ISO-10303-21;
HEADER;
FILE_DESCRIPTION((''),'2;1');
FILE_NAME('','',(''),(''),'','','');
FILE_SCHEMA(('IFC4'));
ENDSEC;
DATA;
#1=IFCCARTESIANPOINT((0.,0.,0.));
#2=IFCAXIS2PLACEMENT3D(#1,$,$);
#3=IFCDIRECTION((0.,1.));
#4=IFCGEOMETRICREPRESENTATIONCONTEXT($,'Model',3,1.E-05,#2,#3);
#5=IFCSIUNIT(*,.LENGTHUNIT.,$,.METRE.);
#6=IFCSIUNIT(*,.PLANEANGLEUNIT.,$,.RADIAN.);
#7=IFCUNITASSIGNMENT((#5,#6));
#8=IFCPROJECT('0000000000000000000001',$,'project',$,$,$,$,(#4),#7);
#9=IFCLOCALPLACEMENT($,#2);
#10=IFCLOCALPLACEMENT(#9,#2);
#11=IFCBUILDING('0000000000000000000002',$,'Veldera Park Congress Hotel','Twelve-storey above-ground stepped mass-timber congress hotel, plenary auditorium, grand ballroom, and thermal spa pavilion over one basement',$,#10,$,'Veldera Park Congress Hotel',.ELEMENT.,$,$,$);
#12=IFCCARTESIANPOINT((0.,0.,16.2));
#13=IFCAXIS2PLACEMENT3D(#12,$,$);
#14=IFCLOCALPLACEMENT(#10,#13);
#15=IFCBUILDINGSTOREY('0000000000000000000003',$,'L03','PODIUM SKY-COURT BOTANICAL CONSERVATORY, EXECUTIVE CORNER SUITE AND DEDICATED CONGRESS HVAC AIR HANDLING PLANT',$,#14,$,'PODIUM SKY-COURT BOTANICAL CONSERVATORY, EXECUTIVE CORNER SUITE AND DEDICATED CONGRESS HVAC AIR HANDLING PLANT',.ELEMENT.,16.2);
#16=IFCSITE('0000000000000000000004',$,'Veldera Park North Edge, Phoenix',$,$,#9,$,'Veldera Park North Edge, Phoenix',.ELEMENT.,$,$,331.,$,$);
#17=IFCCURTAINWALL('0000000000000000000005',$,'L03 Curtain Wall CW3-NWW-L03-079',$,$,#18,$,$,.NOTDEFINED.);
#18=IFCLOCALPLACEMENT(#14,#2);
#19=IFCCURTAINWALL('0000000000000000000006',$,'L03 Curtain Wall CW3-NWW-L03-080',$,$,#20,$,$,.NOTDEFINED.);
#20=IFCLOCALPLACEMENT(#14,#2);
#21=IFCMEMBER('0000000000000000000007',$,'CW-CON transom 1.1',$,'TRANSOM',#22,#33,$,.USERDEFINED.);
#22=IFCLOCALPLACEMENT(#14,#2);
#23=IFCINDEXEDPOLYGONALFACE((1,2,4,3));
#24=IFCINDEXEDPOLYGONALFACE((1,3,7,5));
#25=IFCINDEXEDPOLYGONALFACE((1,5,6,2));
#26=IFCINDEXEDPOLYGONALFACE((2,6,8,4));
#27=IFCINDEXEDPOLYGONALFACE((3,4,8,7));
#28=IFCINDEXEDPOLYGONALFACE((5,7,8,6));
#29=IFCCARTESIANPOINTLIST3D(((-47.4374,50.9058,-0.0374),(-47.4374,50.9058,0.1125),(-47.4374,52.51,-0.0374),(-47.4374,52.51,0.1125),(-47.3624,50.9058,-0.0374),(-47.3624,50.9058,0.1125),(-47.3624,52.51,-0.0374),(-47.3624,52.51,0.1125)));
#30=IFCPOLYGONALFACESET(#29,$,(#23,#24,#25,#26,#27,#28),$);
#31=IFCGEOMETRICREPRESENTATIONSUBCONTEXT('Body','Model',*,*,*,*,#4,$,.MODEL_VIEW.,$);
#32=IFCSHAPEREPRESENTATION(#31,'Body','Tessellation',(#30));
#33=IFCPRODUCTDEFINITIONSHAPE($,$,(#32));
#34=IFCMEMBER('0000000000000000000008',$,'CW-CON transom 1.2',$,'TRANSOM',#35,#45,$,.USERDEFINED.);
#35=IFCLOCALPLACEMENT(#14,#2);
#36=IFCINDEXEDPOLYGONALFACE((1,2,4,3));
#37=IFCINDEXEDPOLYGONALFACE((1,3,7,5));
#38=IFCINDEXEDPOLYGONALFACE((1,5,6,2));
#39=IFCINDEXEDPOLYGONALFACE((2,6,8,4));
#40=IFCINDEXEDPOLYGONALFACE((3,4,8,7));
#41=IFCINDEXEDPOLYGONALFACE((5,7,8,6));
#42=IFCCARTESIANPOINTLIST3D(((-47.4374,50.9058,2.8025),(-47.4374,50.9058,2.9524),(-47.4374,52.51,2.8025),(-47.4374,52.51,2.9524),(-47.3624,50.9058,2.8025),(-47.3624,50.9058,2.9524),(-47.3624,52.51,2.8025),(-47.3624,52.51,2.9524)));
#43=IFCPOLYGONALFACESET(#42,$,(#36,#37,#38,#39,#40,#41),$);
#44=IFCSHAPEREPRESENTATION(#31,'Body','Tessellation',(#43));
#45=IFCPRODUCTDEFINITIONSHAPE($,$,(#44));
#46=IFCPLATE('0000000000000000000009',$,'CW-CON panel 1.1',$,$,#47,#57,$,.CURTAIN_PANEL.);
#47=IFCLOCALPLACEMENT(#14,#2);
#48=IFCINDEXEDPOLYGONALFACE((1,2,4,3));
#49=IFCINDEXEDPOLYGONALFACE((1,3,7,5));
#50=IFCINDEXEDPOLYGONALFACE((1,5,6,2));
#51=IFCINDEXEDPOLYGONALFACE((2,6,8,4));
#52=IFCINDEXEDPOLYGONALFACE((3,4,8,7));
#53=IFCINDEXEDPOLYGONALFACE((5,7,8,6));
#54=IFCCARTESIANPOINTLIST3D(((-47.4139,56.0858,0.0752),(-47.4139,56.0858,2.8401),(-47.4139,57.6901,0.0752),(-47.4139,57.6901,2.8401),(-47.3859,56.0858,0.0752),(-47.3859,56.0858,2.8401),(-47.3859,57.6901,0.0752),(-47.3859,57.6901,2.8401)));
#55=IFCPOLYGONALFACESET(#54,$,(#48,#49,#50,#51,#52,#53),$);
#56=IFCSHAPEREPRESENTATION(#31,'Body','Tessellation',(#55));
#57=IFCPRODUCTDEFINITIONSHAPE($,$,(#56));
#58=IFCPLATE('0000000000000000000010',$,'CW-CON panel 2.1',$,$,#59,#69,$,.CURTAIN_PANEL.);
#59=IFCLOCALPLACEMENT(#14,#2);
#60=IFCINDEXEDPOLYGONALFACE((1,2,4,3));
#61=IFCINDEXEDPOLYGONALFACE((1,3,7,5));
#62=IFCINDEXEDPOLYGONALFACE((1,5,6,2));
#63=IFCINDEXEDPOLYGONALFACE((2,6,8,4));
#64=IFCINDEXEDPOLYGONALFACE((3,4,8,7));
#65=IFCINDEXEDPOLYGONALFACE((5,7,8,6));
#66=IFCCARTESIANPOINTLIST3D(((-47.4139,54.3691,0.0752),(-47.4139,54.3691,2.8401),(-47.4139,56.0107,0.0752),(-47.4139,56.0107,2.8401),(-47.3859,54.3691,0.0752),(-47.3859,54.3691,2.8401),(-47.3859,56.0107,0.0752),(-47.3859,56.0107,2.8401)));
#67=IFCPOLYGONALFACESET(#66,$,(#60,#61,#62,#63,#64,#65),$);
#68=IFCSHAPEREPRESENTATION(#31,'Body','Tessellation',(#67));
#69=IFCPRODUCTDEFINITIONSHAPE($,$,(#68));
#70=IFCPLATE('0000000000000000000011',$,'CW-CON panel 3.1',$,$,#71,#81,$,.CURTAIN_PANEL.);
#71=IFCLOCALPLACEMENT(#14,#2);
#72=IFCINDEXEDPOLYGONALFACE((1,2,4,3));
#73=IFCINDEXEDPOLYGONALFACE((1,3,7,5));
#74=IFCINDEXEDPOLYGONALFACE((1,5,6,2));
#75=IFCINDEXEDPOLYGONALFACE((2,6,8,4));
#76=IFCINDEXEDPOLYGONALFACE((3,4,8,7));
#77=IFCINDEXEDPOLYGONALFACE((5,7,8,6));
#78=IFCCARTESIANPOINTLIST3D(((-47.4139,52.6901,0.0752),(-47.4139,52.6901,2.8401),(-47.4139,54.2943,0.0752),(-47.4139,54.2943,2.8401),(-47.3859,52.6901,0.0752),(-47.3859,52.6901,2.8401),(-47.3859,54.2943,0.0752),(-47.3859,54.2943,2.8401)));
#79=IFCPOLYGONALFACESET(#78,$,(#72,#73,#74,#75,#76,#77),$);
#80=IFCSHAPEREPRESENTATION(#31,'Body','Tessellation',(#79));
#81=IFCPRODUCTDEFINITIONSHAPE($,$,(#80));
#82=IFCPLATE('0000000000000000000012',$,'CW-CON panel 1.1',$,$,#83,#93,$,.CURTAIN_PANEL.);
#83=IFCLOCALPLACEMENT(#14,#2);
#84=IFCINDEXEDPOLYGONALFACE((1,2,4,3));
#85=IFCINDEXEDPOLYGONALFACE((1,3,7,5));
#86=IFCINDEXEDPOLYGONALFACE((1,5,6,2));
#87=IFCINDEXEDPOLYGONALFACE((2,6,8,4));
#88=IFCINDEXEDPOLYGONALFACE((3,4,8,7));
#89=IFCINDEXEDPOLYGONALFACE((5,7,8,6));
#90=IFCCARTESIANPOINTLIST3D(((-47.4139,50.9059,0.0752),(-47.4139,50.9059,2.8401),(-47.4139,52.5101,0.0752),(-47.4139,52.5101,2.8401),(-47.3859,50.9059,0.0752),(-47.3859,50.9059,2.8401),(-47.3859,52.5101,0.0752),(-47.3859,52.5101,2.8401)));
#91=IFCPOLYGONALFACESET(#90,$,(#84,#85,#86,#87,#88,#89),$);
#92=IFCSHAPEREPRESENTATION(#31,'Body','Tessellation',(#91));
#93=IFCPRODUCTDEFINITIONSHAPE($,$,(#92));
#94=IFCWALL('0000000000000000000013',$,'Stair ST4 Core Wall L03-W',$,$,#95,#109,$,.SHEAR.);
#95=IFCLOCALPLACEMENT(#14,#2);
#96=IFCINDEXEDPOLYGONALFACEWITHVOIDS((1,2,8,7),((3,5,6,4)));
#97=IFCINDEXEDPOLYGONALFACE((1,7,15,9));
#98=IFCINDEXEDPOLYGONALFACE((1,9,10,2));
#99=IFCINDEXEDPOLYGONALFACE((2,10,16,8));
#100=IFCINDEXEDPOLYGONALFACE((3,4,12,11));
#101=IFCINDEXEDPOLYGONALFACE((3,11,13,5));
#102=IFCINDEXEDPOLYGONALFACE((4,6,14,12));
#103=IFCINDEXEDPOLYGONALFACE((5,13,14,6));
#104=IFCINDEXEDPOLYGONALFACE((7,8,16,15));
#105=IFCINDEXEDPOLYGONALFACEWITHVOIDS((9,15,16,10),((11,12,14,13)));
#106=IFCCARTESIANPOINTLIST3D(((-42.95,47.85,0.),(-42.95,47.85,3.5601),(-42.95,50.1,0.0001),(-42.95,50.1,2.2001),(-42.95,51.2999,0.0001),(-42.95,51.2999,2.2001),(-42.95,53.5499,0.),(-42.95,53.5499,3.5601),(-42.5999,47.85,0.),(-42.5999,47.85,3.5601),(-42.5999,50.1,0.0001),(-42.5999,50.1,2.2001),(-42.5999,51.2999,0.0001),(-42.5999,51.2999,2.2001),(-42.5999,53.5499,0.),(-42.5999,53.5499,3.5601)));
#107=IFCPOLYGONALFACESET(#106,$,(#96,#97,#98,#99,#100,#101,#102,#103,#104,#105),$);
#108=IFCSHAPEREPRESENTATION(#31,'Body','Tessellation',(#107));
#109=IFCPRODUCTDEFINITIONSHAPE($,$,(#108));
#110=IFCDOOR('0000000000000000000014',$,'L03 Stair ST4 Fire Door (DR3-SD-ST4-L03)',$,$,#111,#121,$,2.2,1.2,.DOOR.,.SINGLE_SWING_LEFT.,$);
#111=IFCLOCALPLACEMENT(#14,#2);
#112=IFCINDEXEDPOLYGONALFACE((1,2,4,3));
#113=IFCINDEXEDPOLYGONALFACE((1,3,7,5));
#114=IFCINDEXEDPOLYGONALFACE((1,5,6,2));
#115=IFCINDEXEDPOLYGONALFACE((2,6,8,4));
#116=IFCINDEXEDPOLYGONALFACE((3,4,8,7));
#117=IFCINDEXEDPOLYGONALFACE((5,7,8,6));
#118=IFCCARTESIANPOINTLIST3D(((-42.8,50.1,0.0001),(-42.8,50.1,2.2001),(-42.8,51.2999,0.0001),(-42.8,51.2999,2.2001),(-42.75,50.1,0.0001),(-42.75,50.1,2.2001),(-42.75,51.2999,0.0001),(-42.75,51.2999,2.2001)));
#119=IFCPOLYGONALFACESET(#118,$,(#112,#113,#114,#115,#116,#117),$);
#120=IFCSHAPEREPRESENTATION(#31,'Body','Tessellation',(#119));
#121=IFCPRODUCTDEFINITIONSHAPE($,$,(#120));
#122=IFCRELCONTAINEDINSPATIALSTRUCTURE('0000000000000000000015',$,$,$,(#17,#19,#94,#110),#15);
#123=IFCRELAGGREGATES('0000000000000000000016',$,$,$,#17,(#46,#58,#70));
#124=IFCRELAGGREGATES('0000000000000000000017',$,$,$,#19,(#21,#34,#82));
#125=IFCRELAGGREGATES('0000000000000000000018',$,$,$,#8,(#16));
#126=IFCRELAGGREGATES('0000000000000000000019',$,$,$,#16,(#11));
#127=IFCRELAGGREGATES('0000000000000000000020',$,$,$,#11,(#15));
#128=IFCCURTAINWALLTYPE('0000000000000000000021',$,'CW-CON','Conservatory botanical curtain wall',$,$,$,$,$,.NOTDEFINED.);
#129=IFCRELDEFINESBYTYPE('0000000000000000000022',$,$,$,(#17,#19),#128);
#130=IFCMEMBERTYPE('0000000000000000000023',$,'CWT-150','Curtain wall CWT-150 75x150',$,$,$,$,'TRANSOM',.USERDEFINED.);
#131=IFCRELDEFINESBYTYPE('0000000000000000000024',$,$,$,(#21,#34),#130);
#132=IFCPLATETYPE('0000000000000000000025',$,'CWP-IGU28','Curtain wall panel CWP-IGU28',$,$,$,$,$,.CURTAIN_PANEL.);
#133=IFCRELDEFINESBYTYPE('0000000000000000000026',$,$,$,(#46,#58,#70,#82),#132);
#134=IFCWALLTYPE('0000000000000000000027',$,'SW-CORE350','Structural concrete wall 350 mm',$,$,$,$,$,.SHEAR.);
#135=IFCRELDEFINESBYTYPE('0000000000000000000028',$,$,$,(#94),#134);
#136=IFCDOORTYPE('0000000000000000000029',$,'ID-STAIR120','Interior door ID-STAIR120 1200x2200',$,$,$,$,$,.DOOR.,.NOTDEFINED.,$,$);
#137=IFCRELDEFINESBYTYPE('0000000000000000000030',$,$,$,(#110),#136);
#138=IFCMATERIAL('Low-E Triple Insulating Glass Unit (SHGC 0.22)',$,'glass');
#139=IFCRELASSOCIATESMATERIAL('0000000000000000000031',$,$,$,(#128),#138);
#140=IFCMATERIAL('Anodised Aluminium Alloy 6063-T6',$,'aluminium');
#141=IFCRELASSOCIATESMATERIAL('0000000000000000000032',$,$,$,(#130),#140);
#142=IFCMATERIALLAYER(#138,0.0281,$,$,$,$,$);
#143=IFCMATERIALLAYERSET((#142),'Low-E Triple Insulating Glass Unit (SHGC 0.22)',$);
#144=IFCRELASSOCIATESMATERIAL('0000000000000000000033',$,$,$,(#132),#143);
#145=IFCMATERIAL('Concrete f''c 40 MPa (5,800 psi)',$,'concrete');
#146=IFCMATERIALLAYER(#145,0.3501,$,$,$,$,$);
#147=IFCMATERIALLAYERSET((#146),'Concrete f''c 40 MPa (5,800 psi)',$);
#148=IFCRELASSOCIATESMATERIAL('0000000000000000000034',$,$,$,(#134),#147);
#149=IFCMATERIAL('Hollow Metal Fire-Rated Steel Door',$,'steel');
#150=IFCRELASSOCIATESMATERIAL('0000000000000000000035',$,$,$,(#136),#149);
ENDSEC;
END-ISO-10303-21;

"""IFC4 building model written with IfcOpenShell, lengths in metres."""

from ifc_helpers import new_model, si_unit, direction, frame, frame_2d, origin, origin_2d, place, context, subcontext, project, spatial, rectangle, extrude, material, layer, layer_set, material_profile, profile_set, type_object, element, fill, aggregate, save


model = new_model("IFC4")

# Units and contexts
model_context = context("Model", 3, precision=1e-05, world=origin(), true_north=direction((0.0, 1.0)))
body_context = subcontext(model_context, "Body", "Model", "MODEL_VIEW")
ifc_project = project(units=[si_unit("LENGTHUNIT", "METRE"), si_unit("PLANEANGLEUNIT", "RADIAN")], contexts=[model_context])

# Site, building, storey
site_placement = place(None, origin())
site = spatial("IfcSite", under=ifc_project, at=site_placement, Name="Veldera Park North Edge, Phoenix", LongName="Veldera Park North Edge, Phoenix", CompositionType="ELEMENT", RefElevation=331.0)
building_placement = place(site_placement, origin())
building = spatial("IfcBuilding", under=site, at=building_placement, Name="Veldera Park Congress Hotel", Description="Twelve-storey above-ground stepped mass-timber congress hotel, plenary auditorium, grand ballroom, and thermal spa pavilion over one basement", LongName="Veldera Park Congress Hotel", CompositionType="ELEMENT")
storey_placement = place(building_placement, frame((0.0, 0.0, 16.2)))
storey = spatial("IfcBuildingStorey", under=building, at=storey_placement, Name="L03", Description="PODIUM SKY-COURT BOTANICAL CONSERVATORY, EXECUTIVE CORNER SUITE AND DEDICATED CONGRESS HVAC AIR HANDLING PLANT", LongName="PODIUM SKY-COURT BOTANICAL CONSERVATORY, EXECUTIVE CORNER SUITE AND DEDICATED CONGRESS HVAC AIR HANDLING PLANT", CompositionType="ELEMENT", Elevation=16.2)

# Curtain walls
ifc_material_1 = material(Name="Low-E Triple Insulating Glass Unit (SHGC 0.22)", Category="glass")
curtain_wall_type = type_object("IfcCurtainWallType", Name="CW-CON", Description="Conservatory botanical curtain wall", PredefinedType="NOTDEFINED", material=ifc_material_1)
curtain_wall_1_placement = place(storey_placement, origin())
curtain_wall_1 = element("IfcCurtainWall", 1, at=curtain_wall_1_placement, inside=storey, type_object=curtain_wall_type, Name="L03 Curtain Wall CW3-NWW-L03-079", PredefinedType="NOTDEFINED")
ifc_material_2 = material(Name="Anodised Aluminium Alloy 6063-T6", Category="aluminium")
curtain_wall_2_placement = place(storey_placement, origin())
curtain_wall_2 = element("IfcCurtainWall", 2, at=curtain_wall_2_placement, inside=storey, type_object=curtain_wall_type, Name="L03 Curtain Wall CW3-NWW-L03-080", PredefinedType="NOTDEFINED")

# Members
ifc_material_profile_1 = material_profile(ifc_material_2, rectangle(XDim=0.075, YDim=0.1499, at=origin_2d()), Name="ALU 75x150")
ifc_profile_set_1 = profile_set([ifc_material_profile_1], Name="Anodised Aluminium Alloy 6063-T6")
member_type_1 = type_object("IfcMemberType", Name="CWT-150", Description="Curtain wall CWT-150 75x150", ElementType="TRANSOM", PredefinedType="USERDEFINED", material=ifc_profile_set_1)
member_1_placement = place(storey_placement, frame((-47.3999, 52.51, 0.0376), z_axis=(0.0, -1.0, 0.0), x_axis=(1.0, 0.0, 0.0)))
member_1 = element("IfcMember", 3, at=member_1_placement, type_object=member_type_1, Name="CW-CON transom 1.1", ObjectType="TRANSOM", PredefinedType="USERDEFINED", context=body_context, shape_type="SweptSolid", body=[
    extrude(rectangle(XDim=0.075, YDim=0.1499, at=origin_2d()), origin(), (0.0, 0.0, 1.0), 1.6042),
])
member_2_placement = place(storey_placement, frame((-47.3999, 52.51, 2.8774), z_axis=(0.0, -1.0, 0.0), x_axis=(1.0, 0.0, 0.0)))
member_2 = element("IfcMember", 4, at=member_2_placement, type_object=member_type_1, Name="CW-CON transom 1.2", ObjectType="TRANSOM", PredefinedType="USERDEFINED", context=body_context, shape_type="SweptSolid", body=[
    extrude(rectangle(XDim=0.075, YDim=0.1499, at=origin_2d()), origin(), (0.0, 0.0, 1.0), 1.6042),
])

# Plates
ifc_layer_1 = layer(ifc_material_1, 0.0281)
ifc_layer_set_1 = layer_set([ifc_layer_1], Name="Low-E Triple Insulating Glass Unit (SHGC 0.22)")
plate_type = type_object("IfcPlateType", Name="CWP-IGU28", Description="Curtain wall panel CWP-IGU28", PredefinedType="CURTAIN_PANEL", material=ifc_layer_set_1)
plate_1_placement = place(storey_placement, frame((-47.3999, 56.8879, 0.0752), z_axis=(0.0, 0.0, 1.0), x_axis=(0.0, -1.0, 0.0)))
plate_1 = element("IfcPlate", 5, at=plate_1_placement, type_object=plate_type, Name="CW-CON panel 1.1", PredefinedType="CURTAIN_PANEL", context=body_context, shape_type="SweptSolid", body=[
    extrude(rectangle(XDim=1.6042, YDim=0.0281, at=origin_2d()), origin(), (0.0, 0.0, 1.0), 2.7649),
])
plate_2_placement = place(storey_placement, frame((-47.3999, 55.1899, 0.0752), z_axis=(0.0, 0.0, 1.0), x_axis=(0.0, -1.0, 0.0)))
plate_2 = element("IfcPlate", 6, at=plate_2_placement, type_object=plate_type, Name="CW-CON panel 2.1", PredefinedType="CURTAIN_PANEL", context=body_context, shape_type="SweptSolid", body=[
    extrude(rectangle(XDim=1.6416, YDim=0.0281, at=origin_2d()), origin(), (0.0, 0.0, 1.0), 2.7649),
])
plate_3_placement = place(storey_placement, frame((-47.3999, 53.4922, 0.0752), z_axis=(0.0, 0.0, 1.0), x_axis=(0.0, -1.0, 0.0)))
plate_3 = element("IfcPlate", 7, at=plate_3_placement, type_object=plate_type, Name="CW-CON panel 3.1", PredefinedType="CURTAIN_PANEL", context=body_context, shape_type="SweptSolid", body=[
    extrude(rectangle(XDim=1.6042, YDim=0.0281, at=origin_2d()), origin(), (0.0, 0.0, 1.0), 2.7649),
])
aggregate(curtain_wall_1, [plate_1, plate_2, plate_3])
plate_4_placement = place(storey_placement, frame((-47.3999, 51.708, 0.0752), z_axis=(0.0, 0.0, 1.0), x_axis=(0.0, -1.0, 0.0)))
plate_4 = element("IfcPlate", 8, at=plate_4_placement, type_object=plate_type, Name="CW-CON panel 1.1", PredefinedType="CURTAIN_PANEL", context=body_context, shape_type="SweptSolid", body=[
    extrude(rectangle(XDim=1.6042, YDim=0.0281, at=origin_2d()), origin(), (0.0, 0.0, 1.0), 2.7649),
])
aggregate(curtain_wall_2, [member_1, member_2, plate_4])

# Wall, opening, door
ifc_material_3 = material(Name="Concrete f'c 40 MPa (5,800 psi)", Category="concrete")
ifc_layer_2 = layer(ifc_material_3, 0.3501)
ifc_layer_set_2 = layer_set([ifc_layer_2], Name="Concrete f'c 40 MPa (5,800 psi)")
wall_type = type_object("IfcWallType", Name="SW-CORE350", Description="Structural concrete wall 350 mm", PredefinedType="SHEAR", material=ifc_layer_set_2)
wall_placement = place(storey_placement, frame((-42.7749, 53.55, 0.0), z_axis=(0.0, 0.0, 1.0), x_axis=(0.0, -1.0, 0.0)))
wall = element("IfcWall", 9, at=wall_placement, inside=storey, type_object=wall_type, Name="Stair ST4 Core Wall L03-W", PredefinedType="SHEAR", context=body_context, shape_type="SweptSolid", body=[
    extrude(rectangle(XDim=5.7, YDim=0.3501, at=frame_2d((2.8501, 0.0))), origin(), (0.0, 0.0, 1.0), 3.5601),
])
opening_placement = place(wall_placement, frame((2.25, 0.0, 0.0)))
opening = element("IfcOpeningElement", 10, at=opening_placement, cuts=wall, PredefinedType="OPENING", context=body_context, shape_type="SweptSolid", body=[
    extrude(rectangle(XDim=1.2, YDim=2.2, at=frame_2d((0.6001, 1.1001))), frame((0.0, 0.187, 0.0), z_axis=(0.0, -1.0, 0.0), x_axis=(1.0, 0.0, 0.0)), (0.0, 0.0, 1.0), 0.374),
])
ifc_material_4 = material(Name="Hollow Metal Fire-Rated Steel Door", Category="steel")
door_type = type_object("IfcDoorType", Name="ID-STAIR120", Description="Interior door ID-STAIR120 1200x2200", OperationType="NOTDEFINED", PredefinedType="DOOR", material=ifc_material_4)
door_placement = place(opening_placement, origin())
door = element("IfcDoor", 11, at=door_placement, inside=storey, type_object=door_type, Name="L03 Stair ST4 Fire Door (DR3-SD-ST4-L03)", OperationType="SINGLE_SWING_LEFT", OverallHeight=2.2, OverallWidth=1.2, PredefinedType="DOOR", context=body_context, shape_type="SweptSolid", body=[
    extrude(rectangle(XDim=1.2, YDim=2.2, at=frame_2d((0.6001, 1.1001))), frame((0.0, 0.0249, 0.0), z_axis=(0.0, -1.0, 0.0), x_axis=(1.0, 0.0, 0.0)), (0.0, 0.0, 1.0), 0.05),
])
fill(opening, door)

save(model, "model.ifc")
